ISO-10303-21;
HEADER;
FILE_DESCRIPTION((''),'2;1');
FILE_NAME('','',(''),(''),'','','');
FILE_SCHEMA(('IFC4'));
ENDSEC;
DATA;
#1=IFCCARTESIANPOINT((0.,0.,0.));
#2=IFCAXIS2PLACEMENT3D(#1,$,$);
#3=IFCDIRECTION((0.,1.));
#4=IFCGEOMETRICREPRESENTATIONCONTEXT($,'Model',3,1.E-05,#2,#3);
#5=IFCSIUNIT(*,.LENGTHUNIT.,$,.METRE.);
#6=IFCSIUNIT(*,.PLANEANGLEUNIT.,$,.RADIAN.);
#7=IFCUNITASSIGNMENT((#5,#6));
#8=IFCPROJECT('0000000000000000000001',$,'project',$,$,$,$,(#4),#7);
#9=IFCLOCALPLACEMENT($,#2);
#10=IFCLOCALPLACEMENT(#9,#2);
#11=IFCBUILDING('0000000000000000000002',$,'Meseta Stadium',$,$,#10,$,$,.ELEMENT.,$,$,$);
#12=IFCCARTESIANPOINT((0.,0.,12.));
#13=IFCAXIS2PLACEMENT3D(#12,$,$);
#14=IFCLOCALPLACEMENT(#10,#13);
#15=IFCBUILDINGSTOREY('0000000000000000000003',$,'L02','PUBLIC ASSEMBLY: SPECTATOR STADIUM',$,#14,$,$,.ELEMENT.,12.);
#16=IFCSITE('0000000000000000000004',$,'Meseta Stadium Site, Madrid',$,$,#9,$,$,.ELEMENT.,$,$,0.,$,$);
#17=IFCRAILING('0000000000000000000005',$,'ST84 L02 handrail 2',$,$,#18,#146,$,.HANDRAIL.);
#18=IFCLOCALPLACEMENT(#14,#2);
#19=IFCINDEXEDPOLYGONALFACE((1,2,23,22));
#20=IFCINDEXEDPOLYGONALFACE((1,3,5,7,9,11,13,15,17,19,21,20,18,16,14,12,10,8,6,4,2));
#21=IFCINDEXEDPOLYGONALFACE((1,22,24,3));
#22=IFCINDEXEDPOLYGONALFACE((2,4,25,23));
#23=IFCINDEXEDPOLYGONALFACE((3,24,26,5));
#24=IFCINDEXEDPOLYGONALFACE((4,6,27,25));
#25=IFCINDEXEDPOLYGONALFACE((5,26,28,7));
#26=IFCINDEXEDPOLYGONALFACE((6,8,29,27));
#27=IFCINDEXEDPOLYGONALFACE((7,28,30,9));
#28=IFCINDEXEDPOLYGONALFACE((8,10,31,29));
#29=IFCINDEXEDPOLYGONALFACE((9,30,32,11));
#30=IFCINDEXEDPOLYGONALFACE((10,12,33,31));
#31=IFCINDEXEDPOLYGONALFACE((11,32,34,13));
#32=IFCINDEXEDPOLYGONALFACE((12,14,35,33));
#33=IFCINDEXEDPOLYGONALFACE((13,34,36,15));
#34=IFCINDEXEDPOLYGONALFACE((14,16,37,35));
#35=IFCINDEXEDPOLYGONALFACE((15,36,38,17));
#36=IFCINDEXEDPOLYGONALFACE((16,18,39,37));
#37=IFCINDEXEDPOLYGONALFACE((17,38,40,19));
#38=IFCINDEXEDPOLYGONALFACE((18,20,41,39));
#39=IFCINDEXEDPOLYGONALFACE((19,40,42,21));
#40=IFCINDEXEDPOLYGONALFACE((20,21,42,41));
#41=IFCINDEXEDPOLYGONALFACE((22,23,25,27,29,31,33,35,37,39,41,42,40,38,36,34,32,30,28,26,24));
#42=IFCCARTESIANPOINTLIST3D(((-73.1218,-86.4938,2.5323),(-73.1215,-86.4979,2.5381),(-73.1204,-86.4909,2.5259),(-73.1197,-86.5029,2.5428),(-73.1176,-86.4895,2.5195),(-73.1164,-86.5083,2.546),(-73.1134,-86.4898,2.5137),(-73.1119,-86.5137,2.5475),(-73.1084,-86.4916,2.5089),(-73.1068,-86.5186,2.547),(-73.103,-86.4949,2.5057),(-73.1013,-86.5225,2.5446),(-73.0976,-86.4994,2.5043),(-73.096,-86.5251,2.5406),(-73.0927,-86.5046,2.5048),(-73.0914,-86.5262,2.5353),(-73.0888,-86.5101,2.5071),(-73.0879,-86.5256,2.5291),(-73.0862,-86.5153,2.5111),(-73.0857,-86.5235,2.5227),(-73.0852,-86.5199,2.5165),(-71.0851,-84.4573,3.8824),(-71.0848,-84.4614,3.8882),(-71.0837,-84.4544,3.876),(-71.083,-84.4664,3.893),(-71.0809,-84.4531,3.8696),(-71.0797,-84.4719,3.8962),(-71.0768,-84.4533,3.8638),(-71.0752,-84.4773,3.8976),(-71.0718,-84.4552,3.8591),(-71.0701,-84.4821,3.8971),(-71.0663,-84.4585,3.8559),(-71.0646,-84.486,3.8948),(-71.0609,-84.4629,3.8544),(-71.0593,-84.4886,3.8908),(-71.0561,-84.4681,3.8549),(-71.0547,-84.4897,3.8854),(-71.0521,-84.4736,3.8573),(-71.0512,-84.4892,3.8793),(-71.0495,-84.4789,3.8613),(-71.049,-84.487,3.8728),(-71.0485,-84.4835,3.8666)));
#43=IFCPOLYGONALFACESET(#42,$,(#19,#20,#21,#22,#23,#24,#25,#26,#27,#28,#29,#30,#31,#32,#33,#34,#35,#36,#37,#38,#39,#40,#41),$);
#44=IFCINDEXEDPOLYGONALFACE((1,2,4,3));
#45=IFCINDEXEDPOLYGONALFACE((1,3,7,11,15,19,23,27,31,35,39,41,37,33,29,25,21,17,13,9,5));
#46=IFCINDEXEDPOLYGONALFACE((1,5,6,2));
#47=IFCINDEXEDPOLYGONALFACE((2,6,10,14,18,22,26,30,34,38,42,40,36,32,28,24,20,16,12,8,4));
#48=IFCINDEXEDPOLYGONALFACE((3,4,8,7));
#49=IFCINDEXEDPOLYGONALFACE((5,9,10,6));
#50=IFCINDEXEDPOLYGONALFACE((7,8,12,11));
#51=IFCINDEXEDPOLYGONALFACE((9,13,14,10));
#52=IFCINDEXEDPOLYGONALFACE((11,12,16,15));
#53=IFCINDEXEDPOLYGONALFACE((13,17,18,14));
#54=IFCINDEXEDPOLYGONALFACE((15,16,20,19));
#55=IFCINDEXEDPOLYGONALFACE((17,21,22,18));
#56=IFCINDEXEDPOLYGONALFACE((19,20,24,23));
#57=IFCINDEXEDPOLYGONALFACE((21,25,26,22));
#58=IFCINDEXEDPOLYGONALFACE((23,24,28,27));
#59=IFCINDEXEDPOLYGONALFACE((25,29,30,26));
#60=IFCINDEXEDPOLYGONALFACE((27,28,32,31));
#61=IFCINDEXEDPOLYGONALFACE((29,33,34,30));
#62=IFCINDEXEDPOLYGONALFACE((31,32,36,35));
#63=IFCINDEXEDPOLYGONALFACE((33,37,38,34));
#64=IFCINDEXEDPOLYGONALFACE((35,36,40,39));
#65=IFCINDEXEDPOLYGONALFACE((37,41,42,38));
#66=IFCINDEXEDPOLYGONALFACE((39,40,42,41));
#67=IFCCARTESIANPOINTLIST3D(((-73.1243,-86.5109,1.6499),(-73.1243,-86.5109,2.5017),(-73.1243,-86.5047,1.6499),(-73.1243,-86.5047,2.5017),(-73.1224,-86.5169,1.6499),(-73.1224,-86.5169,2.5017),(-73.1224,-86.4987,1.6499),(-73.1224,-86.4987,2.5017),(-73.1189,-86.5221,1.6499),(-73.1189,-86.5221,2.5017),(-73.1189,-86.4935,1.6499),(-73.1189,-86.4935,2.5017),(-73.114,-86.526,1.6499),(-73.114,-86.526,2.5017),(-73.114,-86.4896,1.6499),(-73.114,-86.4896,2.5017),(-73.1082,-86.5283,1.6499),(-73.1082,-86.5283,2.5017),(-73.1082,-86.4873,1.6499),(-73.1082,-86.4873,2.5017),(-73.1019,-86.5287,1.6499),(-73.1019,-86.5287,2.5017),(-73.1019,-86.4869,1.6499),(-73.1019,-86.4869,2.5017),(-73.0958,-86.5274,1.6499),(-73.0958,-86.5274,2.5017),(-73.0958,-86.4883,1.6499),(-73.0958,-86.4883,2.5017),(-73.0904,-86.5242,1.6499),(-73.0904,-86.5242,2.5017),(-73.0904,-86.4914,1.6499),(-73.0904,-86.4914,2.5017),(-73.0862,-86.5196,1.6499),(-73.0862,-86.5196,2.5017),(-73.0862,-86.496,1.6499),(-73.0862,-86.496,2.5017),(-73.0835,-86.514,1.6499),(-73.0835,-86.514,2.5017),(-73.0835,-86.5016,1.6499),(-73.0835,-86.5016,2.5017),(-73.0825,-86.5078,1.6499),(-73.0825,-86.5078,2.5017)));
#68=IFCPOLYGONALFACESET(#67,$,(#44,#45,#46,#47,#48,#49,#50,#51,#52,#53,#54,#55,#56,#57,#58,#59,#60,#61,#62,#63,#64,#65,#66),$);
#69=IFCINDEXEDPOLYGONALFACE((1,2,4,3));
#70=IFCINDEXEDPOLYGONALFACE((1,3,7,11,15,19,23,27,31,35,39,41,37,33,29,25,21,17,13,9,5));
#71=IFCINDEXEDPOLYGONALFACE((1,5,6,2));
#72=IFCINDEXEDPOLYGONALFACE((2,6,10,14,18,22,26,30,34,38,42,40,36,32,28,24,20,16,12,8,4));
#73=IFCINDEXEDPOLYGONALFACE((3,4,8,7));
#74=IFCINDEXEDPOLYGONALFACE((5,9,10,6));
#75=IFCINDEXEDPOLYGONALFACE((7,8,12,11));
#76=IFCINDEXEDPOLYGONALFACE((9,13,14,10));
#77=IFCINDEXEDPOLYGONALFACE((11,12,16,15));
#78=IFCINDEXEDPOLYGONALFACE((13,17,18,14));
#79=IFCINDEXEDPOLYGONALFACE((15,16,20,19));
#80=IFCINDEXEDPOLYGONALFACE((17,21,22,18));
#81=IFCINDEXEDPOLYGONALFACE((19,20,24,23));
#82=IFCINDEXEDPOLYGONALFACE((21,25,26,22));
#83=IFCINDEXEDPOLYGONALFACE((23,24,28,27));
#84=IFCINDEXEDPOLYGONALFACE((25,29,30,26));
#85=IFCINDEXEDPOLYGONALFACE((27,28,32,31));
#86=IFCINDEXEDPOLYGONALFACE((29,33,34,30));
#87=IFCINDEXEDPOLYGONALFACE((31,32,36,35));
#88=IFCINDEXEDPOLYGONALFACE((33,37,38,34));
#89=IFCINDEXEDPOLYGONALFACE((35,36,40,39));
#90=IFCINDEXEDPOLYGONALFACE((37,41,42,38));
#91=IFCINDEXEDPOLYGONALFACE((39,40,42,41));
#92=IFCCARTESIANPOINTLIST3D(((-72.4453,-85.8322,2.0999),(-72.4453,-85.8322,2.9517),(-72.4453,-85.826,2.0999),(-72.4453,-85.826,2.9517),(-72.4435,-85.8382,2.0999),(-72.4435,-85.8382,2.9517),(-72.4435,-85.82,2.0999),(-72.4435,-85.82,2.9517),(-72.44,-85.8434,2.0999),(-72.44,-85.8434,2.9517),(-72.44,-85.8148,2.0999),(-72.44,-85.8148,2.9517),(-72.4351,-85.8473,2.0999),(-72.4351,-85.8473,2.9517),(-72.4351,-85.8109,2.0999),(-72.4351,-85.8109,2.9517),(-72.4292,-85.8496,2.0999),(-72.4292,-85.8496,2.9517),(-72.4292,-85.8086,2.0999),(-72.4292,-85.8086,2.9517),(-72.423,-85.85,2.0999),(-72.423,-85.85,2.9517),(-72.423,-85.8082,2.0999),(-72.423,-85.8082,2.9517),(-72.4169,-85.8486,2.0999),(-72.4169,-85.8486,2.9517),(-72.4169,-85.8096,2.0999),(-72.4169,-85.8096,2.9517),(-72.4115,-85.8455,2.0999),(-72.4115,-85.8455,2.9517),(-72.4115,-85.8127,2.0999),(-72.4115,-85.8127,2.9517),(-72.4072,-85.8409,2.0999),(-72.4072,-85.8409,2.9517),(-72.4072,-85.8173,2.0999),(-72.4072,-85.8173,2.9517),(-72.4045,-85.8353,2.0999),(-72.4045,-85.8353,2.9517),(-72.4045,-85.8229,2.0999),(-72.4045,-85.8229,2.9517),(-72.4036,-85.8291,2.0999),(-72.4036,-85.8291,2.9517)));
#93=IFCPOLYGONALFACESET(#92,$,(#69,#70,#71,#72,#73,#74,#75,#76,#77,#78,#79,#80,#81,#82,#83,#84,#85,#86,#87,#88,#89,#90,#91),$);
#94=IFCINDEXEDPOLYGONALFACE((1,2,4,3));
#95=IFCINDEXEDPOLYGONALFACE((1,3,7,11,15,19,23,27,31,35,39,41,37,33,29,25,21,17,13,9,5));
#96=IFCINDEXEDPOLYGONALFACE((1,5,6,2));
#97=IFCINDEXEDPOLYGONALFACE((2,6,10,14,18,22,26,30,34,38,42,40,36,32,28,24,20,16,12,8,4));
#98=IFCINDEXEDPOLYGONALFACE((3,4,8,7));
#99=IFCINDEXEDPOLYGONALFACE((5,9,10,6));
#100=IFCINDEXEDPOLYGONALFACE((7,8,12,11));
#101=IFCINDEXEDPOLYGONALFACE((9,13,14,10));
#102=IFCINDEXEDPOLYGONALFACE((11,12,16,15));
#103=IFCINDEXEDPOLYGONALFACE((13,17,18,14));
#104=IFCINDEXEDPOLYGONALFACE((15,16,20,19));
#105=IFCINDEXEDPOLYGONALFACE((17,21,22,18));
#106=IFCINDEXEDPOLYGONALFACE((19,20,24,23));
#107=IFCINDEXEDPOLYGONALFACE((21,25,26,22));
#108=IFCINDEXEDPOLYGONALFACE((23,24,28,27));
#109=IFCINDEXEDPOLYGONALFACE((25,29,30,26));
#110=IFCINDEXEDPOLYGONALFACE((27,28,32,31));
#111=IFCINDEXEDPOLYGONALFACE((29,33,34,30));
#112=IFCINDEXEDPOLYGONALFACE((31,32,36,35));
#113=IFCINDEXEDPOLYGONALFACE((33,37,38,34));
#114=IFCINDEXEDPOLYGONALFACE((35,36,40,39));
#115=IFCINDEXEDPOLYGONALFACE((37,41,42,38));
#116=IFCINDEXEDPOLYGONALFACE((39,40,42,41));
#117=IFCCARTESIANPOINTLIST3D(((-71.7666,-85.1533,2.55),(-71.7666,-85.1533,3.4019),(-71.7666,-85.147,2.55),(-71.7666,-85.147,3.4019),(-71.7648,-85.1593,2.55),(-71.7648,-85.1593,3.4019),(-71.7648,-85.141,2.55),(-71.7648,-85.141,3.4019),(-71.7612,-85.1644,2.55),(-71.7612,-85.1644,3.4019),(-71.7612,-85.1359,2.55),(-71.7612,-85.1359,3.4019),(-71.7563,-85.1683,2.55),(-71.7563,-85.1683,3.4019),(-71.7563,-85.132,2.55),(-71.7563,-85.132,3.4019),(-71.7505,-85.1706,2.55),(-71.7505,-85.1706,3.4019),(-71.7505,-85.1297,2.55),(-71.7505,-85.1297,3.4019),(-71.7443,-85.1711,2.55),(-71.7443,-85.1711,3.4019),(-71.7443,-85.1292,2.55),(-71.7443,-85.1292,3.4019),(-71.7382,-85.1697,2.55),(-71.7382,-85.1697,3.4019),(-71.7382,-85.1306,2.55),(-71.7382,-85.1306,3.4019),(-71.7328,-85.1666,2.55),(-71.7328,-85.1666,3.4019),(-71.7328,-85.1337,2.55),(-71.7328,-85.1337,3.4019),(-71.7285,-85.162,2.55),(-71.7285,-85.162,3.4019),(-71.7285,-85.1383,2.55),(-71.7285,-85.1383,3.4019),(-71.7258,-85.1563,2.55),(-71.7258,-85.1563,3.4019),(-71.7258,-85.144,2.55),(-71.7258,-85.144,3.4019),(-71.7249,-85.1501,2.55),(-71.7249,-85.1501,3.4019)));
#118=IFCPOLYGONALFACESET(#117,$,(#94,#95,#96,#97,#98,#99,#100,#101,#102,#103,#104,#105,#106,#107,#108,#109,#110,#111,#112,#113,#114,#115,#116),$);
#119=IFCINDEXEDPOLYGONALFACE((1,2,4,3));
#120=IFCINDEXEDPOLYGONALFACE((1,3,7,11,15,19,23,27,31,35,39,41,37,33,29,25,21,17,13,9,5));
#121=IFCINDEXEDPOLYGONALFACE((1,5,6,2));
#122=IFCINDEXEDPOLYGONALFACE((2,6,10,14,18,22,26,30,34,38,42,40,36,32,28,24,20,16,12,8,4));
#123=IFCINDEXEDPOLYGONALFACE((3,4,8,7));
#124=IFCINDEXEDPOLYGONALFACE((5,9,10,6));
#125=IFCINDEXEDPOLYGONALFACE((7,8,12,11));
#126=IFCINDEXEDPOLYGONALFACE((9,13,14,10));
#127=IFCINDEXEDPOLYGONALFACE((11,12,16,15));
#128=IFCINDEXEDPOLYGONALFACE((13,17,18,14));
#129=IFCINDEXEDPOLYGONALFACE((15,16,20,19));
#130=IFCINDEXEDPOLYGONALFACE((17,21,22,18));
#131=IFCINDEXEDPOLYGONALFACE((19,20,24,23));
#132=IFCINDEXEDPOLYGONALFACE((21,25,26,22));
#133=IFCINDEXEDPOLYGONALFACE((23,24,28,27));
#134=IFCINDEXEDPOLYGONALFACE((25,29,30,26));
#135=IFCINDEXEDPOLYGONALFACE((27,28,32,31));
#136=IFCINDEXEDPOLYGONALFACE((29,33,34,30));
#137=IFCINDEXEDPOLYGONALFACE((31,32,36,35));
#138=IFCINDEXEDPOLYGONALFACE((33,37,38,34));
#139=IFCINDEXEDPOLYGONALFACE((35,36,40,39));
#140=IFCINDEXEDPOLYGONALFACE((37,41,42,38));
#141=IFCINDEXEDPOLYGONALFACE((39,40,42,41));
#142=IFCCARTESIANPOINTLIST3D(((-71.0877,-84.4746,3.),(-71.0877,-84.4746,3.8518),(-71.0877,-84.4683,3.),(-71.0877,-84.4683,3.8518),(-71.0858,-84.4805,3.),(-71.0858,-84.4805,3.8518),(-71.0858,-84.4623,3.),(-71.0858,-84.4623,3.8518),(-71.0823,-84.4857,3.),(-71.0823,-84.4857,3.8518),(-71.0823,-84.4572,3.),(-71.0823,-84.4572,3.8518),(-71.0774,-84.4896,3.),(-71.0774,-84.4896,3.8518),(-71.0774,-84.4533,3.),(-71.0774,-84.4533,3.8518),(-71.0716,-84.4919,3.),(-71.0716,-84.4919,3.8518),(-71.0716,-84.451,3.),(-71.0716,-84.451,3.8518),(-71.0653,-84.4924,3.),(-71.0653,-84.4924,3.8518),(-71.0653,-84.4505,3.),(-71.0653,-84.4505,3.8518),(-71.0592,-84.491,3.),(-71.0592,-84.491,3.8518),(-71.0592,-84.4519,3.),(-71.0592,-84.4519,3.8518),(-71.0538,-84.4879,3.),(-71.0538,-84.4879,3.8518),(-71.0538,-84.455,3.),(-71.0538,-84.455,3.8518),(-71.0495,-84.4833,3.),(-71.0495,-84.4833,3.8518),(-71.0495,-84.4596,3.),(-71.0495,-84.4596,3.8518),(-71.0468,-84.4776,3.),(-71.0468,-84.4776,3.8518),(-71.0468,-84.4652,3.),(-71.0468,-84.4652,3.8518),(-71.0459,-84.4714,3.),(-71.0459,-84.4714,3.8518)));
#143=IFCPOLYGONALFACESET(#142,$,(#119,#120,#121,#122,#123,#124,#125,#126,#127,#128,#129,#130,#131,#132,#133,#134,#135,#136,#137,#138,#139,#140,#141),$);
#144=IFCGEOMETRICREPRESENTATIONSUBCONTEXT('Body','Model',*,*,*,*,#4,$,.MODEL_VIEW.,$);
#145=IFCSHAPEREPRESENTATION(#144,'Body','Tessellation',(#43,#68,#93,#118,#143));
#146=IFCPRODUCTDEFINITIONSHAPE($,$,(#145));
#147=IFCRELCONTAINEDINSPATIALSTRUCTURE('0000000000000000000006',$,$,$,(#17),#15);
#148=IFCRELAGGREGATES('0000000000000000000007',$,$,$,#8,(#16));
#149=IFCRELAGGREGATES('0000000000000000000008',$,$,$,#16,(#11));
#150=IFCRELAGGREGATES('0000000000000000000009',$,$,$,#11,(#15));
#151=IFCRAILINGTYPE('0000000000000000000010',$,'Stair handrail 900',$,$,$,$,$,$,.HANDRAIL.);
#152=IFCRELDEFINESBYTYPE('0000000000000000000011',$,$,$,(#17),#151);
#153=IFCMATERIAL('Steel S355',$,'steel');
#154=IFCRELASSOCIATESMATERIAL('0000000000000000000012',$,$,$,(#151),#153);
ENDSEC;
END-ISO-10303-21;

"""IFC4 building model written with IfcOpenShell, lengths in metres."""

from ifc_helpers import new_model, si_unit, direction, frame, origin, origin_2d, place, context, subcontext, project, spatial, circle, extrude, material, type_object, element, save


model = new_model("IFC4")

# Units and contexts
model_context = context("Model", 3, precision=1e-05, world=origin(), true_north=direction((0.0, 1.0)))
body_context = subcontext(model_context, "Body", "Model", "MODEL_VIEW")
ifc_project = project(units=[si_unit("LENGTHUNIT", "METRE"), si_unit("PLANEANGLEUNIT", "RADIAN")], contexts=[model_context])

# Site, building, storey
site_placement = place(None, origin())
site = spatial("IfcSite", under=ifc_project, at=site_placement, Name="Meseta Stadium Site, Madrid", CompositionType="ELEMENT", RefElevation=0.0)
building_placement = place(site_placement, origin())
building = spatial("IfcBuilding", under=site, at=building_placement, Name="Meseta Stadium", CompositionType="ELEMENT")
storey_placement = place(building_placement, frame((0.0, 0.0, 12.0)))
storey = spatial("IfcBuildingStorey", under=building, at=storey_placement, Name="L02", Description="PUBLIC ASSEMBLY: SPECTATOR STADIUM", CompositionType="ELEMENT", Elevation=12.0)

# Railing
ifc_material_1 = material(Name="Steel S355", Category="steel")
railing_type_1 = type_object("IfcRailingType", Name="Stair handrail 900", PredefinedType="HANDRAIL", material=ifc_material_1)
for number, where, name in (
    (1, (-73.1035, -86.5078, 1.6499), "ST84 L02 handrail 2"),
):
    element("IfcRailing", number, at=place(storey_placement, frame(where)), inside=storey, type_object=railing_type_1, Name=name, PredefinedType="HANDRAIL", context=body_context, shape_type="SweptSolid", body=[
        extrude(circle(Radius=0.0239, at=origin_2d()), frame((0.0, 0.0, 0.876), z_axis=(0.640288, 0.640211, 0.424454), x_axis=(-0.707064, 0.707149, 0.0)), (0.0, 0.0, 1.0), 3.1809),
        extrude(circle(Radius=0.021, at=origin_2d()), origin(), (0.0, 0.0, 1.0), 0.8518),
        extrude(circle(Radius=0.021, at=origin_2d()), frame((0.679, 0.6787, 0.45)), (0.0, 0.0, 1.0), 0.8518),
        extrude(circle(Radius=0.021, at=origin_2d()), frame((1.3577, 1.3577, 0.9001)), (0.0, 0.0, 1.0), 0.8518),
        extrude(circle(Radius=0.021, at=origin_2d()), frame((2.0366, 2.0364, 1.3501)), (0.0, 0.0, 1.0), 0.8518),
    ])

save(model, "model.ifc")
